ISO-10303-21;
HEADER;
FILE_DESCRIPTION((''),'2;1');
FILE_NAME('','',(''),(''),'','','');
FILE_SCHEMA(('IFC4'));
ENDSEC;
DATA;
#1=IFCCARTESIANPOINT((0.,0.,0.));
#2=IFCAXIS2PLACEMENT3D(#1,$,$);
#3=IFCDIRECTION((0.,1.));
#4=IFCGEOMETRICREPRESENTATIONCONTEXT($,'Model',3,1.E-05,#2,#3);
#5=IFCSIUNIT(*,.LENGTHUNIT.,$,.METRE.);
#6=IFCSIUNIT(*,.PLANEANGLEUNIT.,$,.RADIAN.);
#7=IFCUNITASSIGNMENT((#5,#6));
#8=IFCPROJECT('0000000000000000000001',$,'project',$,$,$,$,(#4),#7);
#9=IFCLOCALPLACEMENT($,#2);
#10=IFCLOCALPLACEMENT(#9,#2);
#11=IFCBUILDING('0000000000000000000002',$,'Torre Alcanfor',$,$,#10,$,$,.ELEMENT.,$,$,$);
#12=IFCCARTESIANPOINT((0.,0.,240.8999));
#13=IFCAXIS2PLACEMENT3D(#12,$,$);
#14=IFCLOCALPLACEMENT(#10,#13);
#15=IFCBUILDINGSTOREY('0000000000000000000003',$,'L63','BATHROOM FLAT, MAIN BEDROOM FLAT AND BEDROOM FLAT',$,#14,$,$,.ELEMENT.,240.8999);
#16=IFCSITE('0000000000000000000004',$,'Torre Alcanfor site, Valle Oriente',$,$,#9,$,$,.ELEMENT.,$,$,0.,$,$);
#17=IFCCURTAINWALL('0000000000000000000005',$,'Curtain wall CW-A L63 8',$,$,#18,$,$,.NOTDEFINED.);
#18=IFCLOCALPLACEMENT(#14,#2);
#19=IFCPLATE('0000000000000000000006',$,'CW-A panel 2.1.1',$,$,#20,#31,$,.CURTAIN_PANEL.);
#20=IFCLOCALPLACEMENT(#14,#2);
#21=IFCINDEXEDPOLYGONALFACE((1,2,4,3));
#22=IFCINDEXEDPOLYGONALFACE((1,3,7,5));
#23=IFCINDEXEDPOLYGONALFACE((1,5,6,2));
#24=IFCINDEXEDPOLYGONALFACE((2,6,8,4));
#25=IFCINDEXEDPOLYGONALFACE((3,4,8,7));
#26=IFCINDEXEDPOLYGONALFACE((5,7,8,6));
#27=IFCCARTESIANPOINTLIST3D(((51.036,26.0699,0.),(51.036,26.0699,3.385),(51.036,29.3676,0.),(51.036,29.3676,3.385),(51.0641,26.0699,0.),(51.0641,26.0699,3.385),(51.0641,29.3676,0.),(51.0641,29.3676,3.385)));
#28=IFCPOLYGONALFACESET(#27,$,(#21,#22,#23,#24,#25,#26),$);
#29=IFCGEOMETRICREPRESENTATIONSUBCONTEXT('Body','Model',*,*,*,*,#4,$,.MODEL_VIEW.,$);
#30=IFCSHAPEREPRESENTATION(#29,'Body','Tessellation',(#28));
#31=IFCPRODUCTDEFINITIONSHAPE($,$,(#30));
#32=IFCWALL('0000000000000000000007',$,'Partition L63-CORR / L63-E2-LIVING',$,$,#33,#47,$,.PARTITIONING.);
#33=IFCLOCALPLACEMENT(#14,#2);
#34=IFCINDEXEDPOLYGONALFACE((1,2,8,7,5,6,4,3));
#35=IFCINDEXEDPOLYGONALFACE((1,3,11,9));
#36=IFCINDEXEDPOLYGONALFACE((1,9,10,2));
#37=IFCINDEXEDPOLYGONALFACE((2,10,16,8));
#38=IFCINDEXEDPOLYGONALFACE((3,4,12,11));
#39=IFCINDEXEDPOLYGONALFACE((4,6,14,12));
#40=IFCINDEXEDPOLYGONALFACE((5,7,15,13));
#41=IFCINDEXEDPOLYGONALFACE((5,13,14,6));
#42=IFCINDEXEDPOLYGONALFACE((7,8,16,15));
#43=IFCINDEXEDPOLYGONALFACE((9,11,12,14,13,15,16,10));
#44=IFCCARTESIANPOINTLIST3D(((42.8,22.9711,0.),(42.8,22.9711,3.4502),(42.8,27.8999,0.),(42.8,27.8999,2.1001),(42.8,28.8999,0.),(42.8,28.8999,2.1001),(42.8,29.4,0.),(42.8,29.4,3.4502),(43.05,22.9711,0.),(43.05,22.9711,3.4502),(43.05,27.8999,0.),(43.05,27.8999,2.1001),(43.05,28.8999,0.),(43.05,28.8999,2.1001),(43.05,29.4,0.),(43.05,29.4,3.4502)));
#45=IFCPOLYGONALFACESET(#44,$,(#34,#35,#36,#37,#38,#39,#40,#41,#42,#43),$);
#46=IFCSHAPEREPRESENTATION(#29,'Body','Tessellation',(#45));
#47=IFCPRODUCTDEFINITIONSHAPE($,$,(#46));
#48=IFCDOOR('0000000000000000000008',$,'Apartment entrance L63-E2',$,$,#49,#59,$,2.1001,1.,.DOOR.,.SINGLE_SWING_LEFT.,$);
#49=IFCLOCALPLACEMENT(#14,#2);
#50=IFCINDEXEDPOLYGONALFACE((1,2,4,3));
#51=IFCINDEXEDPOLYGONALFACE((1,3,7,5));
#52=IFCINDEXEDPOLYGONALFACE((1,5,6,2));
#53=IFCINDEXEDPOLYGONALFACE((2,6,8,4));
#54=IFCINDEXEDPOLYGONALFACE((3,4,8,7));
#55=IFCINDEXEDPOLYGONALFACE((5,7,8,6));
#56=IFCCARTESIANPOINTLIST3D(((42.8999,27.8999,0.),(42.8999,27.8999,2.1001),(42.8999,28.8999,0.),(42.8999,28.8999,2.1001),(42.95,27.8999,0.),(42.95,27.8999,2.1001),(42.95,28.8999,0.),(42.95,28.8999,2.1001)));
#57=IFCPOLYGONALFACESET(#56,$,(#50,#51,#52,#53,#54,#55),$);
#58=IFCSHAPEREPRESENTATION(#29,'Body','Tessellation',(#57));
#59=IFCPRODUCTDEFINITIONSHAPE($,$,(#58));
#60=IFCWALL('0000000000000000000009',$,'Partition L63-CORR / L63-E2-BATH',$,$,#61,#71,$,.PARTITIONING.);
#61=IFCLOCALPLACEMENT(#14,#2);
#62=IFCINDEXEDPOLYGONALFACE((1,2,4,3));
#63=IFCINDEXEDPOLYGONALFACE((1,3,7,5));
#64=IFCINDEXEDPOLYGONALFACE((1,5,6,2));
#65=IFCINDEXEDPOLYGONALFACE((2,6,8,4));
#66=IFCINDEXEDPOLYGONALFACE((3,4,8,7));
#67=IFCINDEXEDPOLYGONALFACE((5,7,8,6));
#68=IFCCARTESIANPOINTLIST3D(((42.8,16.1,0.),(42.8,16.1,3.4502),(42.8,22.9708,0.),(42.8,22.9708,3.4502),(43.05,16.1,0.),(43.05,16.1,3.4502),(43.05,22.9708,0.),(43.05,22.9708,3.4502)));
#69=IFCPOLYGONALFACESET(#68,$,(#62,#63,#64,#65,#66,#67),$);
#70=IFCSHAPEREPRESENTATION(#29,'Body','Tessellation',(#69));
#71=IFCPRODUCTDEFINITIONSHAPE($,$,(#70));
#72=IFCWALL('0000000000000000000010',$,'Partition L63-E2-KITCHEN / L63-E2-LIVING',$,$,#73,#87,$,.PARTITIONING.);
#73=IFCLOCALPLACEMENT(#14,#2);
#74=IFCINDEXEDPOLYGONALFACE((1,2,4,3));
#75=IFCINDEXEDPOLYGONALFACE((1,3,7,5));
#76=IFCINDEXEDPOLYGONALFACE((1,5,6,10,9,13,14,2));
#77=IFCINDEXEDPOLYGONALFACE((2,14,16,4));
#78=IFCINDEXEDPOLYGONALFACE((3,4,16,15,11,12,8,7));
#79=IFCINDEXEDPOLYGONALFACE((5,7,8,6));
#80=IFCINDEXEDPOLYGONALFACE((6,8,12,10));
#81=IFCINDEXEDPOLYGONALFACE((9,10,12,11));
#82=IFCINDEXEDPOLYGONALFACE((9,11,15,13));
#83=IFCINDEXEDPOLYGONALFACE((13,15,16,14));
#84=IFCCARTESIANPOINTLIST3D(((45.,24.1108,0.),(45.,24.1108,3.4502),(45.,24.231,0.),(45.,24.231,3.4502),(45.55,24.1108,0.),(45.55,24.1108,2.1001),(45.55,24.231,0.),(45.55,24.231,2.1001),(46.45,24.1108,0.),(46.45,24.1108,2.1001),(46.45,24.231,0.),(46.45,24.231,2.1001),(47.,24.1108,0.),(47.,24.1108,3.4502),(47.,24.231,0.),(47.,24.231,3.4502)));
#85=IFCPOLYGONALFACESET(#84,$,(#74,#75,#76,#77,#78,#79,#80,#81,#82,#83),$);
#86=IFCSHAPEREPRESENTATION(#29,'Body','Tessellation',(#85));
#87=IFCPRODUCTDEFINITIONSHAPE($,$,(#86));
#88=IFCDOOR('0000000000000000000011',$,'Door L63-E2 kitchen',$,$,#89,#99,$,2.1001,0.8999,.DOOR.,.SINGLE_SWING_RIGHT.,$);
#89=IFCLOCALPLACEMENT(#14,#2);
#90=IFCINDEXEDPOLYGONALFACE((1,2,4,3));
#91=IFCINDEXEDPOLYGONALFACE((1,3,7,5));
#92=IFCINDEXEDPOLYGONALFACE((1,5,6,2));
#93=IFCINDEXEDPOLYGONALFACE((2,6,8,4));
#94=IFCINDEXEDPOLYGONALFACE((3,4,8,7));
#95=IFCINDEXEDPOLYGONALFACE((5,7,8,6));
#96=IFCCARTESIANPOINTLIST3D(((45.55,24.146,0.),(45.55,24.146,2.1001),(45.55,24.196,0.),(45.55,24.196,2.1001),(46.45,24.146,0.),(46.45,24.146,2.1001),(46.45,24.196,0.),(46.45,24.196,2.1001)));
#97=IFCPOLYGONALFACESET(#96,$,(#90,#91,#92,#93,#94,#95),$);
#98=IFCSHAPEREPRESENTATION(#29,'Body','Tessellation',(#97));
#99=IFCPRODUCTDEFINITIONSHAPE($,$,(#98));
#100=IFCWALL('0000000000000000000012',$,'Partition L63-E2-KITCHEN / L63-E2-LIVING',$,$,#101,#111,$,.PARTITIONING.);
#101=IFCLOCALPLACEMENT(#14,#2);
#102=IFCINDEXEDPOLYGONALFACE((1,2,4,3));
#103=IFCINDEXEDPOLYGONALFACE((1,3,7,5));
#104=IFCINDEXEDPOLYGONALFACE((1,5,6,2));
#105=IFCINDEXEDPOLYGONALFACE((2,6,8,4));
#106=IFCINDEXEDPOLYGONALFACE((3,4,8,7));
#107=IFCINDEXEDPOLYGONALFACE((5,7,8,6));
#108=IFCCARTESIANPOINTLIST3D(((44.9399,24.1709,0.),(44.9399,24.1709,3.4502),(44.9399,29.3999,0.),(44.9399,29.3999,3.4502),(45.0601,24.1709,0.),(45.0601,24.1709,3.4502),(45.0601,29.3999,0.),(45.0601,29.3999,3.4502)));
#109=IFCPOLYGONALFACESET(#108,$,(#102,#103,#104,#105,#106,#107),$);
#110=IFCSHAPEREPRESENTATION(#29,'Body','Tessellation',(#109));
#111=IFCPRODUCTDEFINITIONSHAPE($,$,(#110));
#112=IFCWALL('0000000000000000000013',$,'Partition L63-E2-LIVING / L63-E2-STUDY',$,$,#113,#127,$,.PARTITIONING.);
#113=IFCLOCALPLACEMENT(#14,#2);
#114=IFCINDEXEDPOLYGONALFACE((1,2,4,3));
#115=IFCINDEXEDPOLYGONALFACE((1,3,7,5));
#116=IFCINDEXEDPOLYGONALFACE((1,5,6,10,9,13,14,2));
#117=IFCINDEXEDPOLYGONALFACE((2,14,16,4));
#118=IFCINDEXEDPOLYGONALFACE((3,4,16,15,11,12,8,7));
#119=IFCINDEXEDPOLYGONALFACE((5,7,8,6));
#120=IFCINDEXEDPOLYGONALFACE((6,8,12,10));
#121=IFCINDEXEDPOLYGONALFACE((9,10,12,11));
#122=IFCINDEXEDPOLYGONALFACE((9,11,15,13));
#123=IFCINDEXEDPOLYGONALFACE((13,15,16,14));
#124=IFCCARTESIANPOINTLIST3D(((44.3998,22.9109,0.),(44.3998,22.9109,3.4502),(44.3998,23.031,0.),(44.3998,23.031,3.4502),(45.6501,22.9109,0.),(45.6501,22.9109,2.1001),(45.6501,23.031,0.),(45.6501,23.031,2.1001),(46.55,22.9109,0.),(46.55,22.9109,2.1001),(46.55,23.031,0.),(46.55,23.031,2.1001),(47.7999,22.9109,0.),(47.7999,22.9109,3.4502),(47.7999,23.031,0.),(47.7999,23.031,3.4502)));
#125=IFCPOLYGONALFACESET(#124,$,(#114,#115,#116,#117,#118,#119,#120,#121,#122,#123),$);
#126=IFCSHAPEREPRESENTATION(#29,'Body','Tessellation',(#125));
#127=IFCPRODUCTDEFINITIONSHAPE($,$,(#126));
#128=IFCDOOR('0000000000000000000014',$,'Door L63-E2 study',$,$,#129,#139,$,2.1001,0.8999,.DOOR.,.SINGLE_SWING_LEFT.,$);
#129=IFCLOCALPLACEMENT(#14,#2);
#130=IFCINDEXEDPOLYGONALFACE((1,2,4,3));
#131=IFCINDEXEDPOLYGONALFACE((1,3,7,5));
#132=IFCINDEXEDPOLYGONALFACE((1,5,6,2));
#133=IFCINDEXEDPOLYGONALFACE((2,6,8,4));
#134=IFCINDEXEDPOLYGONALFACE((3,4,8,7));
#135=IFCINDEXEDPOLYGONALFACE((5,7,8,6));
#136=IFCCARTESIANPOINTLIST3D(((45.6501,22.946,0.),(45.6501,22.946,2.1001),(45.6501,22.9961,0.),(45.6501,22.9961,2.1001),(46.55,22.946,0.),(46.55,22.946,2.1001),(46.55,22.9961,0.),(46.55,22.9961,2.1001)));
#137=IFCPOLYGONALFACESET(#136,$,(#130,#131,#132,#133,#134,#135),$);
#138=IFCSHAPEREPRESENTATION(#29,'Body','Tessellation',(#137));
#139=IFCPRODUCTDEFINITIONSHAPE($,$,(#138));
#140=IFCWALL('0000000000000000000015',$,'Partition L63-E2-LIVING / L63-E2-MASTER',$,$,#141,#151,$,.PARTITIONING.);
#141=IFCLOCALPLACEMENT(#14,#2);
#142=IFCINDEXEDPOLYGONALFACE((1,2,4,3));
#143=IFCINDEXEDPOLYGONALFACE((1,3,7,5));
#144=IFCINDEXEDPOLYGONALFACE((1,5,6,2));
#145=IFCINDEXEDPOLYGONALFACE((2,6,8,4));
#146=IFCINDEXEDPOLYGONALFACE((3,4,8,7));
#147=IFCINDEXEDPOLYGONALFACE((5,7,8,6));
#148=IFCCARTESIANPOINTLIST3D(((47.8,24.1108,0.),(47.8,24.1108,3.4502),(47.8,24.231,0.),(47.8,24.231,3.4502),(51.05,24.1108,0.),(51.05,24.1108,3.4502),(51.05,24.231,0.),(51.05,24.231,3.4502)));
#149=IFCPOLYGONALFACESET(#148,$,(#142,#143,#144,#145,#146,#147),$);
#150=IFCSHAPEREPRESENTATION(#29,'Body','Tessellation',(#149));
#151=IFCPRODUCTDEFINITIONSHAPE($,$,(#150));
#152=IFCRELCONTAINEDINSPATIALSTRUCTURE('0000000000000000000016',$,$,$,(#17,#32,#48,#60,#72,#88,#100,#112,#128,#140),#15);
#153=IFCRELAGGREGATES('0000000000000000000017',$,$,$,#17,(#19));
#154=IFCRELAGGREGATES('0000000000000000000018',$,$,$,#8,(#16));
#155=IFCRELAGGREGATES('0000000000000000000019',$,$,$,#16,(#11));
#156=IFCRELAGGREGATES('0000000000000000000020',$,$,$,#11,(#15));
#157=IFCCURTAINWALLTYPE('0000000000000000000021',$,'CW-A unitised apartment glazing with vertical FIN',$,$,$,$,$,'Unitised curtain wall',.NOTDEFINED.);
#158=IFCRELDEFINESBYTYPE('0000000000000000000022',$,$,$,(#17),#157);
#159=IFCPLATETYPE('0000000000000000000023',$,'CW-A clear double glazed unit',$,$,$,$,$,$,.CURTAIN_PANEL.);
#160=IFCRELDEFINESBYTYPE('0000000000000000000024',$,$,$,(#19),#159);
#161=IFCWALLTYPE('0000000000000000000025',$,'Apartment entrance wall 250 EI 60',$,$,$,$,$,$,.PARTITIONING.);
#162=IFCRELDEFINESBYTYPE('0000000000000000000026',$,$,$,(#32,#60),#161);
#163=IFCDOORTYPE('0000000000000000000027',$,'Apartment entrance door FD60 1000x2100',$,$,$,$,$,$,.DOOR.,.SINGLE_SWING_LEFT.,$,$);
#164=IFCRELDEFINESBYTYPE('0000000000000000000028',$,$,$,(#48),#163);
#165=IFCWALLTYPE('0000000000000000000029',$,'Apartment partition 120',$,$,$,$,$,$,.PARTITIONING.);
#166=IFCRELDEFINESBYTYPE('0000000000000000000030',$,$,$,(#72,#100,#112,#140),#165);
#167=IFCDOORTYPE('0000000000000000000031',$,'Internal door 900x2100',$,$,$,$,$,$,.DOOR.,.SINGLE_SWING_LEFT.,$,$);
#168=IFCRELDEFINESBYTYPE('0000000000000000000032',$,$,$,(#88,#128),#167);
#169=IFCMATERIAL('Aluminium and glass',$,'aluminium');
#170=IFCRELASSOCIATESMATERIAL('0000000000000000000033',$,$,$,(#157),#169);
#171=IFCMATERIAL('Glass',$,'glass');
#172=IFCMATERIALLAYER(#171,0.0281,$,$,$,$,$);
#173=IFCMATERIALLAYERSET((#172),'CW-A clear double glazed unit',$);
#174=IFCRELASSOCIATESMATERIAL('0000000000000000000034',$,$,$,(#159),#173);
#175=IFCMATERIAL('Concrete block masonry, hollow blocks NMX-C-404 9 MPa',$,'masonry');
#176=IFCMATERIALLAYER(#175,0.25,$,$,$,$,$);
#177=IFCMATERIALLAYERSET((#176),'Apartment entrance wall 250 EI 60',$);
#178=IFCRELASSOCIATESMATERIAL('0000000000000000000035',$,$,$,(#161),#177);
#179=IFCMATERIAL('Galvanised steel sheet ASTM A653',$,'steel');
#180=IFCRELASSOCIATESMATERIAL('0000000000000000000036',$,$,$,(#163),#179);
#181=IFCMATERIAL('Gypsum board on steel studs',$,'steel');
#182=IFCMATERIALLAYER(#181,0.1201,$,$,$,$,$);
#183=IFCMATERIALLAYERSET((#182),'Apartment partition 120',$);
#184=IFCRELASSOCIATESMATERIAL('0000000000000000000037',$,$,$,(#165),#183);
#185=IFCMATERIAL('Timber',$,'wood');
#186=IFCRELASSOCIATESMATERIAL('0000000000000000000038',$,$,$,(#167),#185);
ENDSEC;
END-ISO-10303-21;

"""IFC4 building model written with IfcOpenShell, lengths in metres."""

from ifc_helpers import new_model, si_unit, direction, frame, frame_2d, origin, origin_2d, place, context, subcontext, project, spatial, rectangle, extrude, material, layer, layer_set, type_object, element, fill, aggregate, save


model = new_model("IFC4")

# Units and contexts
model_context = context("Model", 3, precision=1e-05, world=origin(), true_north=direction((0.0, 1.0)))
body_context = subcontext(model_context, "Body", "Model", "MODEL_VIEW")
ifc_project = project(units=[si_unit("LENGTHUNIT", "METRE"), si_unit("PLANEANGLEUNIT", "RADIAN")], contexts=[model_context])

# Site, building, storey
site_placement = place(None, origin())
site = spatial("IfcSite", under=ifc_project, at=site_placement, Name="Torre Alcanfor site, Valle Oriente", CompositionType="ELEMENT", RefElevation=0.0)
building_placement = place(site_placement, origin())
building = spatial("IfcBuilding", under=site, at=building_placement, Name="Torre Alcanfor", CompositionType="ELEMENT")
storey_placement = place(building_placement, frame((0.0, 0.0, 240.8999)))
storey = spatial("IfcBuildingStorey", under=building, at=storey_placement, Name="L63", Description="BATHROOM FLAT, MAIN BEDROOM FLAT AND BEDROOM FLAT", CompositionType="ELEMENT", Elevation=240.8999)

# Curtain wall
ifc_material_1 = material(Name="Aluminium and glass", Category="aluminium")
curtain_wall_type = type_object("IfcCurtainWallType", Name="CW-A unitised apartment glazing with vertical FIN", ElementType="Unitised curtain wall", PredefinedType="NOTDEFINED", material=ifc_material_1)
curtain_wall_placement = place(storey_placement, origin())
curtain_wall = element("IfcCurtainWall", 1, at=curtain_wall_placement, inside=storey, type_object=curtain_wall_type, Name="Curtain wall CW-A L63 8", PredefinedType="NOTDEFINED")

# Plate
ifc_material_2 = material(Name="Glass", Category="glass")
ifc_layer_1 = layer(ifc_material_2, 0.0281)
ifc_layer_set_1 = layer_set([ifc_layer_1], Name="CW-A clear double glazed unit")
plate_type = type_object("IfcPlateType", Name="CW-A clear double glazed unit", PredefinedType="CURTAIN_PANEL", material=ifc_layer_set_1)
plate_placement = place(storey_placement, frame((51.05, 27.7188, 0.0), z_axis=(0.0, 0.0, 1.0), x_axis=(0.0, 1.0, 0.0)))
plate = element("IfcPlate", 2, at=plate_placement, type_object=plate_type, Name="CW-A panel 2.1.1", PredefinedType="CURTAIN_PANEL", context=body_context, shape_type="SweptSolid", body=[
    extrude(rectangle(XDim=3.2976, YDim=0.0281, at=origin_2d()), origin(), (0.0, 0.0, 1.0), 3.385),
])
aggregate(curtain_wall, [plate])

# Wall, opening, door
ifc_material_3 = material(Name="Concrete block masonry, hollow blocks NMX-C-404 9 MPa", Category="masonry")
ifc_layer_2 = layer(ifc_material_3, 0.25)
ifc_layer_set_2 = layer_set([ifc_layer_2], Name="Apartment entrance wall 250 EI 60")
wall_type_1 = type_object("IfcWallType", Name="Apartment entrance wall 250 EI 60", PredefinedType="PARTITIONING", material=ifc_layer_set_2)
wall_1_placement = place(storey_placement, frame((42.925, 29.3999, 0.0), z_axis=(0.0, 0.0, 1.0), x_axis=(0.0, -1.0, 0.0)))
wall_1 = element("IfcWall", 3, at=wall_1_placement, inside=storey, type_object=wall_type_1, Name="Partition L63-CORR / L63-E2-LIVING", PredefinedType="PARTITIONING", context=body_context, shape_type="SweptSolid", body=[
    extrude(rectangle(XDim=6.429, YDim=0.25, at=frame_2d((3.2144, 0.0))), origin(), (0.0, 0.0, 1.0), 3.4502),
])
opening_1_placement = place(wall_1_placement, frame((0.5, 0.0, 0.0)))
opening_1 = element("IfcOpeningElement", 4, at=opening_1_placement, cuts=wall_1, PredefinedType="OPENING", context=body_context, shape_type="SweptSolid", body=[
    extrude(rectangle(XDim=1.0, YDim=2.1001, at=frame_2d((0.5, 1.05))), frame((0.0, 0.135, 0.0), z_axis=(0.0, -1.0, 0.0), x_axis=(1.0, 0.0, 0.0)), (0.0, 0.0, 1.0), 0.27),
])
ifc_material_4 = material(Name="Galvanised steel sheet ASTM A653", Category="steel")
door_type_1 = type_object("IfcDoorType", Name="Apartment entrance door FD60 1000x2100", OperationType="SINGLE_SWING_LEFT", PredefinedType="DOOR", material=ifc_material_4)
door_1_placement = place(opening_1_placement, origin())
door_1 = element("IfcDoor", 5, at=door_1_placement, inside=storey, type_object=door_type_1, Name="Apartment entrance L63-E2", OperationType="SINGLE_SWING_LEFT", OverallHeight=2.1001, OverallWidth=1.0, PredefinedType="DOOR", context=body_context, shape_type="SweptSolid", body=[
    extrude(rectangle(XDim=1.0, YDim=2.1001, at=frame_2d((0.5, 1.05))), frame((0.0, 0.0249, 0.0), z_axis=(0.0, -1.0, 0.0), x_axis=(1.0, 0.0, 0.0)), (0.0, 0.0, 1.0), 0.05),
])
fill(opening_1, door_1)

# Wall
wall_2_placement = place(storey_placement, frame((42.925, 22.9709, 0.0), z_axis=(0.0, 0.0, 1.0), x_axis=(0.0, -1.0, 0.0)))
element("IfcWall", 6, at=wall_2_placement, inside=storey, type_object=wall_type_1, Name="Partition L63-CORR / L63-E2-BATH", PredefinedType="PARTITIONING", context=body_context, shape_type="SweptSolid", body=[
    extrude(rectangle(XDim=6.8708, YDim=0.25, at=frame_2d((3.4355, 0.0))), origin(), (0.0, 0.0, 1.0), 3.4502),
])

# Wall, opening, door
ifc_material_5 = material(Name="Gypsum board on steel studs", Category="steel")
ifc_layer_3 = layer(ifc_material_5, 0.1201)
ifc_layer_set_3 = layer_set([ifc_layer_3], Name="Apartment partition 120")
wall_type_2 = type_object("IfcWallType", Name="Apartment partition 120", PredefinedType="PARTITIONING", material=ifc_layer_set_3)
wall_3_placement = place(storey_placement, frame((47.0, 24.1709, 0.0), z_axis=(0.0, 0.0, 1.0), x_axis=(-1.0, 0.0, 0.0)))
wall_3 = element("IfcWall", 7, at=wall_3_placement, inside=storey, type_object=wall_type_2, Name="Partition L63-E2-KITCHEN / L63-E2-LIVING", PredefinedType="PARTITIONING", context=body_context, shape_type="SweptSolid", body=[
    extrude(rectangle(XDim=2.0, YDim=0.1201, at=frame_2d((1.0, 0.0))), origin(), (0.0, 0.0, 1.0), 3.4502),
])
opening_2_placement = place(wall_3_placement, frame((0.55, 0.0, 0.0)))
opening_2 = element("IfcOpeningElement", 8, at=opening_2_placement, cuts=wall_3, PredefinedType="OPENING", context=body_context, shape_type="SweptSolid", body=[
    extrude(rectangle(XDim=0.8999, YDim=2.1001, at=frame_2d((0.45, 1.05))), frame((0.0, 0.0701, 0.0), z_axis=(0.0, -1.0, 0.0), x_axis=(1.0, 0.0, 0.0)), (0.0, 0.0, 1.0), 0.1401),
])
ifc_material_6 = material(Name="Timber", Category="wood")
door_type_2 = type_object("IfcDoorType", Name="Internal door 900x2100", OperationType="SINGLE_SWING_LEFT", PredefinedType="DOOR", material=ifc_material_6)
door_2_placement = place(opening_2_placement, frame((0.8999, 0.0, 0.0), z_axis=(0.0, 0.0, 1.0), x_axis=(-1.0, 0.0, 0.0)))
door_2 = element("IfcDoor", 9, at=door_2_placement, inside=storey, type_object=door_type_2, Name="Door L63-E2 kitchen", OperationType="SINGLE_SWING_RIGHT", OverallHeight=2.1001, OverallWidth=0.8999, PredefinedType="DOOR", context=body_context, shape_type="SweptSolid", body=[
    extrude(rectangle(XDim=0.8999, YDim=2.1001, at=frame_2d((0.45, 1.05))), frame((0.0, 0.0251, 0.0), z_axis=(0.0, -1.0, 0.0), x_axis=(1.0, 0.0, 0.0)), (0.0, 0.0, 1.0), 0.05),
])
fill(opening_2, door_2)

# Wall
wall_4_placement = place(storey_placement, frame((45.0, 24.1709, 0.0), z_axis=(0.0, 0.0, 1.0), x_axis=(0.0, 1.0, 0.0)))
element("IfcWall", 10, at=wall_4_placement, inside=storey, type_object=wall_type_2, Name="Partition L63-E2-KITCHEN / L63-E2-LIVING", PredefinedType="PARTITIONING", context=body_context, shape_type="SweptSolid", body=[
    extrude(rectangle(XDim=5.229, YDim=0.1201, at=frame_2d((2.6145, 0.0))), origin(), (0.0, 0.0, 1.0), 3.4502),
])

# Wall, opening, door
wall_5_placement = place(storey_placement, frame((47.8, 22.9709, 0.0), z_axis=(0.0, 0.0, 1.0), x_axis=(-1.0, 0.0, 0.0)))
wall_5 = element("IfcWall", 11, at=wall_5_placement, inside=storey, type_object=wall_type_2, Name="Partition L63-E2-LIVING / L63-E2-STUDY", PredefinedType="PARTITIONING", context=body_context, shape_type="SweptSolid", body=[
    extrude(rectangle(XDim=3.4001, YDim=0.1201, at=frame_2d((1.7002, 0.0))), origin(), (0.0, 0.0, 1.0), 3.4502),
])
opening_3_placement = place(wall_5_placement, frame((1.25, 0.0, 0.0)))
opening_3 = element("IfcOpeningElement", 12, at=opening_3_placement, cuts=wall_5, PredefinedType="OPENING", context=body_context, shape_type="SweptSolid", body=[
    extrude(rectangle(XDim=0.8999, YDim=2.1001, at=frame_2d((0.45, 1.05))), frame((0.0, 0.0701, 0.0), z_axis=(0.0, -1.0, 0.0), x_axis=(1.0, 0.0, 0.0)), (0.0, 0.0, 1.0), 0.1401),
])
door_3_placement = place(opening_3_placement, origin())
door_3 = element("IfcDoor", 13, at=door_3_placement, inside=storey, type_object=door_type_2, Name="Door L63-E2 study", OperationType="SINGLE_SWING_LEFT", OverallHeight=2.1001, OverallWidth=0.8999, PredefinedType="DOOR", context=body_context, shape_type="SweptSolid", body=[
    extrude(rectangle(XDim=0.8999, YDim=2.1001, at=frame_2d((0.45, 1.05))), frame((0.0, 0.0249, 0.0), z_axis=(0.0, -1.0, 0.0), x_axis=(1.0, 0.0, 0.0)), (0.0, 0.0, 1.0), 0.05),
])
fill(opening_3, door_3)

# Wall
wall_6_placement = place(storey_placement, frame((51.05, 24.1709, 0.0), z_axis=(0.0, 0.0, 1.0), x_axis=(-1.0, 0.0, 0.0)))
element("IfcWall", 14, at=wall_6_placement, inside=storey, type_object=wall_type_2, Name="Partition L63-E2-LIVING / L63-E2-MASTER", PredefinedType="PARTITIONING", context=body_context, shape_type="SweptSolid", body=[
    extrude(rectangle(XDim=3.25, YDim=0.1201, at=frame_2d((1.625, 0.0))), origin(), (0.0, 0.0, 1.0), 3.4502),
])

save(model, "model.ifc")
